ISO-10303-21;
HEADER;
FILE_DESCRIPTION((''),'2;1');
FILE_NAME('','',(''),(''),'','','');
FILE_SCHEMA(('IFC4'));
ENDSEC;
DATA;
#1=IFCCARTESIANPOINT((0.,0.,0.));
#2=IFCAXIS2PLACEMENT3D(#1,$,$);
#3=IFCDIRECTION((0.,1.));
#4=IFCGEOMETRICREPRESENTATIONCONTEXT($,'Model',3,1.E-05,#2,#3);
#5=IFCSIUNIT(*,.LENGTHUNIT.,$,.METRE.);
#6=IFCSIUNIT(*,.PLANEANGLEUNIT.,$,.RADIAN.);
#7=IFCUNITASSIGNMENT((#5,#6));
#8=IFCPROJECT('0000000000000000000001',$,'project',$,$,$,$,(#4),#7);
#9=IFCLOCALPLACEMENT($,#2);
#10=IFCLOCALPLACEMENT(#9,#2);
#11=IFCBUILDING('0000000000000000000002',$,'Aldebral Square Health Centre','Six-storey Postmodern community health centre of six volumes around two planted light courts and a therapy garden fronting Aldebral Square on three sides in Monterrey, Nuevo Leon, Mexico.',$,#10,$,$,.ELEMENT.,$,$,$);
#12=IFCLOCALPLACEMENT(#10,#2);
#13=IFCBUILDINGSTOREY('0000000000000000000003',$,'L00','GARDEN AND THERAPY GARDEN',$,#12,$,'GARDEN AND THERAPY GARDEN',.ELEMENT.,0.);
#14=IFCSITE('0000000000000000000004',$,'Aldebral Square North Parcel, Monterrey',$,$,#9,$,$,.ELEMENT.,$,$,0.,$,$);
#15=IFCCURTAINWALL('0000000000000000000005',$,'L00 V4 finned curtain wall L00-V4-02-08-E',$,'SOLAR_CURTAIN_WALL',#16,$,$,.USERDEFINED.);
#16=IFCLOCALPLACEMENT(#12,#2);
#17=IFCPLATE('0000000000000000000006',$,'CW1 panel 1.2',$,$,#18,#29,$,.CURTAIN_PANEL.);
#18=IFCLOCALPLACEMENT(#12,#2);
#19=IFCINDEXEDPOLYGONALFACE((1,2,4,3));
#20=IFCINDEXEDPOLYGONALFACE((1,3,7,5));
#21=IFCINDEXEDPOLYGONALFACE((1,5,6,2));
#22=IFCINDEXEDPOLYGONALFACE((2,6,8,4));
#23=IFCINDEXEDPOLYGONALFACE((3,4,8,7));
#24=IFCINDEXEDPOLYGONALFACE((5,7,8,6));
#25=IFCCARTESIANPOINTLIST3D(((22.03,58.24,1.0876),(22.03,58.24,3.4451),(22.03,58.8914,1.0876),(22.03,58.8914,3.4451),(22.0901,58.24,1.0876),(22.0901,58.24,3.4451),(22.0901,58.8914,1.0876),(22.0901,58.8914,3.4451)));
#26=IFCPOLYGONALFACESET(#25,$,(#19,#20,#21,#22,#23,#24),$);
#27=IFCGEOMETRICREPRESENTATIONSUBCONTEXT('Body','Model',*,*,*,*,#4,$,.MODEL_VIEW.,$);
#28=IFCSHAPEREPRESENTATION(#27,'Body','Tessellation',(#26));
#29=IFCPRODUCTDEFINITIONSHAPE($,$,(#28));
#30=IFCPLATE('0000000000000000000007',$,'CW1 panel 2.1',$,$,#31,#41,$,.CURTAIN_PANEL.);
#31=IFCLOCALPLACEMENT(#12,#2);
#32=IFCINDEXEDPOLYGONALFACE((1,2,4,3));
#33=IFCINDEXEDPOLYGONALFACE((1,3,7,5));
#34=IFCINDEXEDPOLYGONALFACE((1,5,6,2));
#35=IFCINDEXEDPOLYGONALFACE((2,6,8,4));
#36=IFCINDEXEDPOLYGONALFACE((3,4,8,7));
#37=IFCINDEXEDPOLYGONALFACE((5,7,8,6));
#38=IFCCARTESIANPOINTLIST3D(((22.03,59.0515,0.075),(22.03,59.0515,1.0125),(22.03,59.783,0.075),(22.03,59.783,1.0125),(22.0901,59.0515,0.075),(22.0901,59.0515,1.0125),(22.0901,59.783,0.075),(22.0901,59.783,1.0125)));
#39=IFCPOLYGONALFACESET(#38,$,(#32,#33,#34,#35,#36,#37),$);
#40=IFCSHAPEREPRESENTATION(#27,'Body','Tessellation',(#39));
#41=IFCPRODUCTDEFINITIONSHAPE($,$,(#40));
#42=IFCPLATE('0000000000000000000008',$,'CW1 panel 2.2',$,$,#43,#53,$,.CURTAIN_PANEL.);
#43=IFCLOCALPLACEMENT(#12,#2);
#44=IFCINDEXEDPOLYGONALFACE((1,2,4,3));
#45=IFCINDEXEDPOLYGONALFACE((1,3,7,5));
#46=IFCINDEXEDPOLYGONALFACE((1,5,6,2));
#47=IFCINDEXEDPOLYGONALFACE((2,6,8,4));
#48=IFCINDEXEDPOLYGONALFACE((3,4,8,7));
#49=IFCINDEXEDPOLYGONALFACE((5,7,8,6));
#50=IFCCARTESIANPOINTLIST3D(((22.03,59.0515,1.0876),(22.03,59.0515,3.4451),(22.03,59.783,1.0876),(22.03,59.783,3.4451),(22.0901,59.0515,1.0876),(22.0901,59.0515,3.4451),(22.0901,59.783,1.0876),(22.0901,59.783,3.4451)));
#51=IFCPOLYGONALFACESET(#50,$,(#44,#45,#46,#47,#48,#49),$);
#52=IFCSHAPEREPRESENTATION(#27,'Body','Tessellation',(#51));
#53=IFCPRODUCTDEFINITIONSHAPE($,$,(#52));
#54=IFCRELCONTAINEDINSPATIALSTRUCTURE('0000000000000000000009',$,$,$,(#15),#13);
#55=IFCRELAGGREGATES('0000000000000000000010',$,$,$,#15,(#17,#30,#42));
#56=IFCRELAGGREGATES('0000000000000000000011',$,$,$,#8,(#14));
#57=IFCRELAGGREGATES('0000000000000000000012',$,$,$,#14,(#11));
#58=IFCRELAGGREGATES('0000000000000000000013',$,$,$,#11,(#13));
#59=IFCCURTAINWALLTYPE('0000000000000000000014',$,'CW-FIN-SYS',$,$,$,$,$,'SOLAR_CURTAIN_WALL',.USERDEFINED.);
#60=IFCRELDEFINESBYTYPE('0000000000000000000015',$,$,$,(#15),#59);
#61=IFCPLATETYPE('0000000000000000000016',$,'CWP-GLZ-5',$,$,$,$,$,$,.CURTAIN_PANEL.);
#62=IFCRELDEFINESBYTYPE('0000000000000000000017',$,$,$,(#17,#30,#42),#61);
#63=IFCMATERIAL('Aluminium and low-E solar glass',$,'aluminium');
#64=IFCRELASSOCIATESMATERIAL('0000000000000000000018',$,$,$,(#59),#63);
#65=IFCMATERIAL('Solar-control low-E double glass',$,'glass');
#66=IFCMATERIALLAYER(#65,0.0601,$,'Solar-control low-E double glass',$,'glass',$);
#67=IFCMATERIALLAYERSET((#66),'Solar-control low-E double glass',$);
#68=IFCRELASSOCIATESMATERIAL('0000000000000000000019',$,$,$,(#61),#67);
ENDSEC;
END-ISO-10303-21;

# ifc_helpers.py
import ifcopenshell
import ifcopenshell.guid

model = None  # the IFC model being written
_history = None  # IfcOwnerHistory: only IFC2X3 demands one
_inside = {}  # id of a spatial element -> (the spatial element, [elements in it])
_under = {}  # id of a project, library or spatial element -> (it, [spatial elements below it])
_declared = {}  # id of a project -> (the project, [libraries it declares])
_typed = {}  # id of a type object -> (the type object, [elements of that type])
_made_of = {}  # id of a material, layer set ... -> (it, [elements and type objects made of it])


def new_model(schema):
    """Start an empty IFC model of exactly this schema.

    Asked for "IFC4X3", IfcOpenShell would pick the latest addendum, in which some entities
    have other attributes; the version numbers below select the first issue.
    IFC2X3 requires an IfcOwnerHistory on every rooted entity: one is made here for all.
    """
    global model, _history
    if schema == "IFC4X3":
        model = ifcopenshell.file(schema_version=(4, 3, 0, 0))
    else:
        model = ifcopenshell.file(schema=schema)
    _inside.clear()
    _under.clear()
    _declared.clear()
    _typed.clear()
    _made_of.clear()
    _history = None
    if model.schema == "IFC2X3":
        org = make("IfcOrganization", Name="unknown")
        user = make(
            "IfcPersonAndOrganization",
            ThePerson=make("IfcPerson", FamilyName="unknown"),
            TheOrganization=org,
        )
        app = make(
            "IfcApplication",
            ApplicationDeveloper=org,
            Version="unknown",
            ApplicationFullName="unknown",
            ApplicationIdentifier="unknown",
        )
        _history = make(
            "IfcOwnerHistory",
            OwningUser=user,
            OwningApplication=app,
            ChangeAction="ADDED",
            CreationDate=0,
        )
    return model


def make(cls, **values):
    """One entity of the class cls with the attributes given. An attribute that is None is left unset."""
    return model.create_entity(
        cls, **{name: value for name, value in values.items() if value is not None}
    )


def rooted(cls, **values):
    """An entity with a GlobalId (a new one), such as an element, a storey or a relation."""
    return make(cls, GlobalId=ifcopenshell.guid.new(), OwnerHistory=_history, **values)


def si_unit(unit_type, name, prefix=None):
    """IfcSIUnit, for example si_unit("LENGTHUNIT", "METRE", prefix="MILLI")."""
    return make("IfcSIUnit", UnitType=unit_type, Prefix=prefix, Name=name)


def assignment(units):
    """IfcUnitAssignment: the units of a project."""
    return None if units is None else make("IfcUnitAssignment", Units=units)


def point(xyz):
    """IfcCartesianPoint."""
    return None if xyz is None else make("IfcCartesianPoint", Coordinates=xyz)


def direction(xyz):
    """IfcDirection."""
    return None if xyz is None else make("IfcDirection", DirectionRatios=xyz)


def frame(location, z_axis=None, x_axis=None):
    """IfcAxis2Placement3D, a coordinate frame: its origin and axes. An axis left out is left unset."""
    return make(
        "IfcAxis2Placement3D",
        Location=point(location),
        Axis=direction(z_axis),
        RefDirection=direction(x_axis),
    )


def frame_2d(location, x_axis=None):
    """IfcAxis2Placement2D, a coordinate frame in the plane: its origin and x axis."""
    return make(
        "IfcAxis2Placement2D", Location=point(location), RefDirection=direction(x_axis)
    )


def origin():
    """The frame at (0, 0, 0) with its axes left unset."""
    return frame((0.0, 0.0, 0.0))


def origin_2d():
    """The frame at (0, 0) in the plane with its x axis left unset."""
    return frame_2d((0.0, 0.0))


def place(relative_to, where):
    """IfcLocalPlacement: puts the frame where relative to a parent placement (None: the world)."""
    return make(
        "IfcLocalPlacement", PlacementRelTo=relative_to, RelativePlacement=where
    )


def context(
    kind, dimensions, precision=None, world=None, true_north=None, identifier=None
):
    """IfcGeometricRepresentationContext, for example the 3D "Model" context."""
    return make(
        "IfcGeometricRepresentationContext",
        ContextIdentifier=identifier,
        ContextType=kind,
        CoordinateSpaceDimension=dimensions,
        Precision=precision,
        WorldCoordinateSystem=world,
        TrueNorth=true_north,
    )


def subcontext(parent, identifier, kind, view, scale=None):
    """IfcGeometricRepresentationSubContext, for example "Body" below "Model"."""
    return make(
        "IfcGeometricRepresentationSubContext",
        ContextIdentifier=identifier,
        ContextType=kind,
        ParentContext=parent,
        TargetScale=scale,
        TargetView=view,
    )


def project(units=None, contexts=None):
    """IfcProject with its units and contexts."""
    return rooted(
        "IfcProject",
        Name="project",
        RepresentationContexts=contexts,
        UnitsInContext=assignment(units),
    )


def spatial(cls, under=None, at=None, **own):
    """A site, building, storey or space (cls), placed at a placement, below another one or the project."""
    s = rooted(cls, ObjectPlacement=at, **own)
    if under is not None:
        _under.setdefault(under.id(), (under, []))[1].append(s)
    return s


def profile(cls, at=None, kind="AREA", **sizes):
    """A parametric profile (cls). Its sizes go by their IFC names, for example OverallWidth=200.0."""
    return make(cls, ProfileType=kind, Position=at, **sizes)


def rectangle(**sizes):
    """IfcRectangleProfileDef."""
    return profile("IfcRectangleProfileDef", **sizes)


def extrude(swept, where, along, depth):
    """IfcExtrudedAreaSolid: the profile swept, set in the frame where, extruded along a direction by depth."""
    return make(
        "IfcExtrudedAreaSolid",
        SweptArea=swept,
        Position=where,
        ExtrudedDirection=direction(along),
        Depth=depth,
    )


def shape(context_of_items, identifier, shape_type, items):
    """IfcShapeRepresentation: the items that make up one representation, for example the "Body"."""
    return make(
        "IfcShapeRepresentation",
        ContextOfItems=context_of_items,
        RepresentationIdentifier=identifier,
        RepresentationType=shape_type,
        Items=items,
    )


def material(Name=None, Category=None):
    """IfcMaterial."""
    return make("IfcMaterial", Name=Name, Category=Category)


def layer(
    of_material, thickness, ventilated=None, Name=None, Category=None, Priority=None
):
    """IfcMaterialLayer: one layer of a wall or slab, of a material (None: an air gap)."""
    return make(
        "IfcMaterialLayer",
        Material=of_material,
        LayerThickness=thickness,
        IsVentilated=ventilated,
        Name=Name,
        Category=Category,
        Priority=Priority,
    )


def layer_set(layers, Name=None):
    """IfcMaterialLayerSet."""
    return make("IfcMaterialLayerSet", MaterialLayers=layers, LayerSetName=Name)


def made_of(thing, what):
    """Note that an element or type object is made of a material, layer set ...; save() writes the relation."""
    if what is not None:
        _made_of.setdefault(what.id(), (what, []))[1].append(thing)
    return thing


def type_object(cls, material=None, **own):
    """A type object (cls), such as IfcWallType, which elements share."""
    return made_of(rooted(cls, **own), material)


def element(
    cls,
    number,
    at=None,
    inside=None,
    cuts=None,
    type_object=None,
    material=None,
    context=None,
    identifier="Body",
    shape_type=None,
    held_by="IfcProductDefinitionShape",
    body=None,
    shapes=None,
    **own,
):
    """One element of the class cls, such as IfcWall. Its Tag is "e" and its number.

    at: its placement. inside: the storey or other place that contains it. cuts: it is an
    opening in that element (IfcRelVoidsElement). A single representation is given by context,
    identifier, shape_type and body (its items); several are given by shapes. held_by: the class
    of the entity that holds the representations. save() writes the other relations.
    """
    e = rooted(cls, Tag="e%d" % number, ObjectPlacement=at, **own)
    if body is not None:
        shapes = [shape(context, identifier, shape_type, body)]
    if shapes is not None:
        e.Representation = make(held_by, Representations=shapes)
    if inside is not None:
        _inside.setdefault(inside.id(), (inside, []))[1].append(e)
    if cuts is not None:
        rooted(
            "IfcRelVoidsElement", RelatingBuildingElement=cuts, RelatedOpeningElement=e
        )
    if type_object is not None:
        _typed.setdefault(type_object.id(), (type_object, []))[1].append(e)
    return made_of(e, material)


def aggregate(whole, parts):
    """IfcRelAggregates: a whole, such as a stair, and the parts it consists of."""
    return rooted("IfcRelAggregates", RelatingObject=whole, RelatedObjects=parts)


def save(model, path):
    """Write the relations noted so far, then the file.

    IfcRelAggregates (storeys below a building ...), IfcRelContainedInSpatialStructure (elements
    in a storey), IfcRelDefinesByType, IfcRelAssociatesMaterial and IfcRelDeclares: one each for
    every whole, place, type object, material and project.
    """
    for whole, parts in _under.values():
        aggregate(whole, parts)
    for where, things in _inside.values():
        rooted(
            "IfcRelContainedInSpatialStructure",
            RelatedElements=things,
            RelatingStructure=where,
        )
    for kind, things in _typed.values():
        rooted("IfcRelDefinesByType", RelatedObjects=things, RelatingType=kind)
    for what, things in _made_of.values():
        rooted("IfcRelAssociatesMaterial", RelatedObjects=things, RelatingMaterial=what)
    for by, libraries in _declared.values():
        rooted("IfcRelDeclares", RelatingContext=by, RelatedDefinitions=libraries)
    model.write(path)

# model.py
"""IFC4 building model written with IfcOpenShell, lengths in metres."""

from ifc_helpers import new_model, si_unit, direction, frame, origin, origin_2d, place, context, subcontext, project, spatial, rectangle, extrude, material, layer, layer_set, type_object, element, aggregate, save


model = new_model("IFC4")

# Units and contexts
model_context = context("Model", 3, precision=1e-05, world=origin(), true_north=direction((0.0, 1.0)))
body_context = subcontext(model_context, "Body", "Model", "MODEL_VIEW")
ifc_project = project(units=[si_unit("LENGTHUNIT", "METRE"), si_unit("PLANEANGLEUNIT", "RADIAN")], contexts=[model_context])

# Site, building, storey
site_placement = place(None, origin())
site = spatial("IfcSite", under=ifc_project, at=site_placement, Name="Aldebral Square North Parcel, Monterrey", CompositionType="ELEMENT", RefElevation=0.0)
building_placement = place(site_placement, origin())
building = spatial("IfcBuilding", under=site, at=building_placement, Name="Aldebral Square Health Centre", Description="Six-storey Postmodern community health centre of six volumes around two planted light courts and a therapy garden fronting Aldebral Square on three sides in Monterrey, Nuevo Leon, Mexico.", CompositionType="ELEMENT")
storey_placement = place(building_placement, origin())
storey = spatial("IfcBuildingStorey", under=building, at=storey_placement, Name="L00", Description="GARDEN AND THERAPY GARDEN", LongName="GARDEN AND THERAPY GARDEN", CompositionType="ELEMENT", Elevation=0.0)

# Curtain wall, plates
ifc_material_1 = material(Name="Aluminium and low-E solar glass", Category="aluminium")
curtain_wall_type = type_object("IfcCurtainWallType", Name="CW-FIN-SYS", ElementType="SOLAR_CURTAIN_WALL", PredefinedType="USERDEFINED", material=ifc_material_1)
curtain_wall_placement = place(storey_placement, origin())
curtain_wall = element("IfcCurtainWall", 1, at=curtain_wall_placement, inside=storey, type_object=curtain_wall_type, Name="L00 V4 finned curtain wall L00-V4-02-08-E", ObjectType="SOLAR_CURTAIN_WALL", PredefinedType="USERDEFINED")
ifc_material_2 = material(Name="Solar-control low-E double glass", Category="glass")
ifc_layer_1 = layer(ifc_material_2, 0.0601, Name="Solar-control low-E double glass", Category="glass")
ifc_layer_set_1 = layer_set([ifc_layer_1], Name="Solar-control low-E double glass")
plate_type = type_object("IfcPlateType", Name="CWP-GLZ-5", PredefinedType="CURTAIN_PANEL", material=ifc_layer_set_1)
plate_1_placement = place(storey_placement, frame((22.0601, 58.5657, 1.0876), z_axis=(0.0, 0.0, 1.0), x_axis=(0.0, 1.0, 0.0)))
plate_1 = element("IfcPlate", 2, at=plate_1_placement, type_object=plate_type, Name="CW1 panel 1.2", PredefinedType="CURTAIN_PANEL", context=body_context, shape_type="SweptSolid", body=[
    extrude(rectangle(XDim=0.6514, YDim=0.0601, at=origin_2d()), origin(), (0.0, 0.0, 1.0), 2.3574),
])
plate_2_placement = place(storey_placement, frame((22.0601, 59.4172, 0.075), z_axis=(0.0, 0.0, 1.0), x_axis=(0.0, 1.0, 0.0)))
plate_2 = element("IfcPlate", 3, at=plate_2_placement, type_object=plate_type, Name="CW1 panel 2.1", PredefinedType="CURTAIN_PANEL", context=body_context, shape_type="SweptSolid", body=[
    extrude(rectangle(XDim=0.7314, YDim=0.0601, at=origin_2d()), origin(), (0.0, 0.0, 1.0), 0.9375),
])
plate_3_placement = place(storey_placement, frame((22.0601, 59.4172, 1.0876), z_axis=(0.0, 0.0, 1.0), x_axis=(0.0, 1.0, 0.0)))
plate_3 = element("IfcPlate", 4, at=plate_3_placement, type_object=plate_type, Name="CW1 panel 2.2", PredefinedType="CURTAIN_PANEL", context=body_context, shape_type="SweptSolid", body=[
    extrude(rectangle(XDim=0.7314, YDim=0.0601, at=origin_2d()), origin(), (0.0, 0.0, 1.0), 2.3574),
])
aggregate(curtain_wall, [plate_1, plate_2, plate_3])

save(model, "model.ifc")
